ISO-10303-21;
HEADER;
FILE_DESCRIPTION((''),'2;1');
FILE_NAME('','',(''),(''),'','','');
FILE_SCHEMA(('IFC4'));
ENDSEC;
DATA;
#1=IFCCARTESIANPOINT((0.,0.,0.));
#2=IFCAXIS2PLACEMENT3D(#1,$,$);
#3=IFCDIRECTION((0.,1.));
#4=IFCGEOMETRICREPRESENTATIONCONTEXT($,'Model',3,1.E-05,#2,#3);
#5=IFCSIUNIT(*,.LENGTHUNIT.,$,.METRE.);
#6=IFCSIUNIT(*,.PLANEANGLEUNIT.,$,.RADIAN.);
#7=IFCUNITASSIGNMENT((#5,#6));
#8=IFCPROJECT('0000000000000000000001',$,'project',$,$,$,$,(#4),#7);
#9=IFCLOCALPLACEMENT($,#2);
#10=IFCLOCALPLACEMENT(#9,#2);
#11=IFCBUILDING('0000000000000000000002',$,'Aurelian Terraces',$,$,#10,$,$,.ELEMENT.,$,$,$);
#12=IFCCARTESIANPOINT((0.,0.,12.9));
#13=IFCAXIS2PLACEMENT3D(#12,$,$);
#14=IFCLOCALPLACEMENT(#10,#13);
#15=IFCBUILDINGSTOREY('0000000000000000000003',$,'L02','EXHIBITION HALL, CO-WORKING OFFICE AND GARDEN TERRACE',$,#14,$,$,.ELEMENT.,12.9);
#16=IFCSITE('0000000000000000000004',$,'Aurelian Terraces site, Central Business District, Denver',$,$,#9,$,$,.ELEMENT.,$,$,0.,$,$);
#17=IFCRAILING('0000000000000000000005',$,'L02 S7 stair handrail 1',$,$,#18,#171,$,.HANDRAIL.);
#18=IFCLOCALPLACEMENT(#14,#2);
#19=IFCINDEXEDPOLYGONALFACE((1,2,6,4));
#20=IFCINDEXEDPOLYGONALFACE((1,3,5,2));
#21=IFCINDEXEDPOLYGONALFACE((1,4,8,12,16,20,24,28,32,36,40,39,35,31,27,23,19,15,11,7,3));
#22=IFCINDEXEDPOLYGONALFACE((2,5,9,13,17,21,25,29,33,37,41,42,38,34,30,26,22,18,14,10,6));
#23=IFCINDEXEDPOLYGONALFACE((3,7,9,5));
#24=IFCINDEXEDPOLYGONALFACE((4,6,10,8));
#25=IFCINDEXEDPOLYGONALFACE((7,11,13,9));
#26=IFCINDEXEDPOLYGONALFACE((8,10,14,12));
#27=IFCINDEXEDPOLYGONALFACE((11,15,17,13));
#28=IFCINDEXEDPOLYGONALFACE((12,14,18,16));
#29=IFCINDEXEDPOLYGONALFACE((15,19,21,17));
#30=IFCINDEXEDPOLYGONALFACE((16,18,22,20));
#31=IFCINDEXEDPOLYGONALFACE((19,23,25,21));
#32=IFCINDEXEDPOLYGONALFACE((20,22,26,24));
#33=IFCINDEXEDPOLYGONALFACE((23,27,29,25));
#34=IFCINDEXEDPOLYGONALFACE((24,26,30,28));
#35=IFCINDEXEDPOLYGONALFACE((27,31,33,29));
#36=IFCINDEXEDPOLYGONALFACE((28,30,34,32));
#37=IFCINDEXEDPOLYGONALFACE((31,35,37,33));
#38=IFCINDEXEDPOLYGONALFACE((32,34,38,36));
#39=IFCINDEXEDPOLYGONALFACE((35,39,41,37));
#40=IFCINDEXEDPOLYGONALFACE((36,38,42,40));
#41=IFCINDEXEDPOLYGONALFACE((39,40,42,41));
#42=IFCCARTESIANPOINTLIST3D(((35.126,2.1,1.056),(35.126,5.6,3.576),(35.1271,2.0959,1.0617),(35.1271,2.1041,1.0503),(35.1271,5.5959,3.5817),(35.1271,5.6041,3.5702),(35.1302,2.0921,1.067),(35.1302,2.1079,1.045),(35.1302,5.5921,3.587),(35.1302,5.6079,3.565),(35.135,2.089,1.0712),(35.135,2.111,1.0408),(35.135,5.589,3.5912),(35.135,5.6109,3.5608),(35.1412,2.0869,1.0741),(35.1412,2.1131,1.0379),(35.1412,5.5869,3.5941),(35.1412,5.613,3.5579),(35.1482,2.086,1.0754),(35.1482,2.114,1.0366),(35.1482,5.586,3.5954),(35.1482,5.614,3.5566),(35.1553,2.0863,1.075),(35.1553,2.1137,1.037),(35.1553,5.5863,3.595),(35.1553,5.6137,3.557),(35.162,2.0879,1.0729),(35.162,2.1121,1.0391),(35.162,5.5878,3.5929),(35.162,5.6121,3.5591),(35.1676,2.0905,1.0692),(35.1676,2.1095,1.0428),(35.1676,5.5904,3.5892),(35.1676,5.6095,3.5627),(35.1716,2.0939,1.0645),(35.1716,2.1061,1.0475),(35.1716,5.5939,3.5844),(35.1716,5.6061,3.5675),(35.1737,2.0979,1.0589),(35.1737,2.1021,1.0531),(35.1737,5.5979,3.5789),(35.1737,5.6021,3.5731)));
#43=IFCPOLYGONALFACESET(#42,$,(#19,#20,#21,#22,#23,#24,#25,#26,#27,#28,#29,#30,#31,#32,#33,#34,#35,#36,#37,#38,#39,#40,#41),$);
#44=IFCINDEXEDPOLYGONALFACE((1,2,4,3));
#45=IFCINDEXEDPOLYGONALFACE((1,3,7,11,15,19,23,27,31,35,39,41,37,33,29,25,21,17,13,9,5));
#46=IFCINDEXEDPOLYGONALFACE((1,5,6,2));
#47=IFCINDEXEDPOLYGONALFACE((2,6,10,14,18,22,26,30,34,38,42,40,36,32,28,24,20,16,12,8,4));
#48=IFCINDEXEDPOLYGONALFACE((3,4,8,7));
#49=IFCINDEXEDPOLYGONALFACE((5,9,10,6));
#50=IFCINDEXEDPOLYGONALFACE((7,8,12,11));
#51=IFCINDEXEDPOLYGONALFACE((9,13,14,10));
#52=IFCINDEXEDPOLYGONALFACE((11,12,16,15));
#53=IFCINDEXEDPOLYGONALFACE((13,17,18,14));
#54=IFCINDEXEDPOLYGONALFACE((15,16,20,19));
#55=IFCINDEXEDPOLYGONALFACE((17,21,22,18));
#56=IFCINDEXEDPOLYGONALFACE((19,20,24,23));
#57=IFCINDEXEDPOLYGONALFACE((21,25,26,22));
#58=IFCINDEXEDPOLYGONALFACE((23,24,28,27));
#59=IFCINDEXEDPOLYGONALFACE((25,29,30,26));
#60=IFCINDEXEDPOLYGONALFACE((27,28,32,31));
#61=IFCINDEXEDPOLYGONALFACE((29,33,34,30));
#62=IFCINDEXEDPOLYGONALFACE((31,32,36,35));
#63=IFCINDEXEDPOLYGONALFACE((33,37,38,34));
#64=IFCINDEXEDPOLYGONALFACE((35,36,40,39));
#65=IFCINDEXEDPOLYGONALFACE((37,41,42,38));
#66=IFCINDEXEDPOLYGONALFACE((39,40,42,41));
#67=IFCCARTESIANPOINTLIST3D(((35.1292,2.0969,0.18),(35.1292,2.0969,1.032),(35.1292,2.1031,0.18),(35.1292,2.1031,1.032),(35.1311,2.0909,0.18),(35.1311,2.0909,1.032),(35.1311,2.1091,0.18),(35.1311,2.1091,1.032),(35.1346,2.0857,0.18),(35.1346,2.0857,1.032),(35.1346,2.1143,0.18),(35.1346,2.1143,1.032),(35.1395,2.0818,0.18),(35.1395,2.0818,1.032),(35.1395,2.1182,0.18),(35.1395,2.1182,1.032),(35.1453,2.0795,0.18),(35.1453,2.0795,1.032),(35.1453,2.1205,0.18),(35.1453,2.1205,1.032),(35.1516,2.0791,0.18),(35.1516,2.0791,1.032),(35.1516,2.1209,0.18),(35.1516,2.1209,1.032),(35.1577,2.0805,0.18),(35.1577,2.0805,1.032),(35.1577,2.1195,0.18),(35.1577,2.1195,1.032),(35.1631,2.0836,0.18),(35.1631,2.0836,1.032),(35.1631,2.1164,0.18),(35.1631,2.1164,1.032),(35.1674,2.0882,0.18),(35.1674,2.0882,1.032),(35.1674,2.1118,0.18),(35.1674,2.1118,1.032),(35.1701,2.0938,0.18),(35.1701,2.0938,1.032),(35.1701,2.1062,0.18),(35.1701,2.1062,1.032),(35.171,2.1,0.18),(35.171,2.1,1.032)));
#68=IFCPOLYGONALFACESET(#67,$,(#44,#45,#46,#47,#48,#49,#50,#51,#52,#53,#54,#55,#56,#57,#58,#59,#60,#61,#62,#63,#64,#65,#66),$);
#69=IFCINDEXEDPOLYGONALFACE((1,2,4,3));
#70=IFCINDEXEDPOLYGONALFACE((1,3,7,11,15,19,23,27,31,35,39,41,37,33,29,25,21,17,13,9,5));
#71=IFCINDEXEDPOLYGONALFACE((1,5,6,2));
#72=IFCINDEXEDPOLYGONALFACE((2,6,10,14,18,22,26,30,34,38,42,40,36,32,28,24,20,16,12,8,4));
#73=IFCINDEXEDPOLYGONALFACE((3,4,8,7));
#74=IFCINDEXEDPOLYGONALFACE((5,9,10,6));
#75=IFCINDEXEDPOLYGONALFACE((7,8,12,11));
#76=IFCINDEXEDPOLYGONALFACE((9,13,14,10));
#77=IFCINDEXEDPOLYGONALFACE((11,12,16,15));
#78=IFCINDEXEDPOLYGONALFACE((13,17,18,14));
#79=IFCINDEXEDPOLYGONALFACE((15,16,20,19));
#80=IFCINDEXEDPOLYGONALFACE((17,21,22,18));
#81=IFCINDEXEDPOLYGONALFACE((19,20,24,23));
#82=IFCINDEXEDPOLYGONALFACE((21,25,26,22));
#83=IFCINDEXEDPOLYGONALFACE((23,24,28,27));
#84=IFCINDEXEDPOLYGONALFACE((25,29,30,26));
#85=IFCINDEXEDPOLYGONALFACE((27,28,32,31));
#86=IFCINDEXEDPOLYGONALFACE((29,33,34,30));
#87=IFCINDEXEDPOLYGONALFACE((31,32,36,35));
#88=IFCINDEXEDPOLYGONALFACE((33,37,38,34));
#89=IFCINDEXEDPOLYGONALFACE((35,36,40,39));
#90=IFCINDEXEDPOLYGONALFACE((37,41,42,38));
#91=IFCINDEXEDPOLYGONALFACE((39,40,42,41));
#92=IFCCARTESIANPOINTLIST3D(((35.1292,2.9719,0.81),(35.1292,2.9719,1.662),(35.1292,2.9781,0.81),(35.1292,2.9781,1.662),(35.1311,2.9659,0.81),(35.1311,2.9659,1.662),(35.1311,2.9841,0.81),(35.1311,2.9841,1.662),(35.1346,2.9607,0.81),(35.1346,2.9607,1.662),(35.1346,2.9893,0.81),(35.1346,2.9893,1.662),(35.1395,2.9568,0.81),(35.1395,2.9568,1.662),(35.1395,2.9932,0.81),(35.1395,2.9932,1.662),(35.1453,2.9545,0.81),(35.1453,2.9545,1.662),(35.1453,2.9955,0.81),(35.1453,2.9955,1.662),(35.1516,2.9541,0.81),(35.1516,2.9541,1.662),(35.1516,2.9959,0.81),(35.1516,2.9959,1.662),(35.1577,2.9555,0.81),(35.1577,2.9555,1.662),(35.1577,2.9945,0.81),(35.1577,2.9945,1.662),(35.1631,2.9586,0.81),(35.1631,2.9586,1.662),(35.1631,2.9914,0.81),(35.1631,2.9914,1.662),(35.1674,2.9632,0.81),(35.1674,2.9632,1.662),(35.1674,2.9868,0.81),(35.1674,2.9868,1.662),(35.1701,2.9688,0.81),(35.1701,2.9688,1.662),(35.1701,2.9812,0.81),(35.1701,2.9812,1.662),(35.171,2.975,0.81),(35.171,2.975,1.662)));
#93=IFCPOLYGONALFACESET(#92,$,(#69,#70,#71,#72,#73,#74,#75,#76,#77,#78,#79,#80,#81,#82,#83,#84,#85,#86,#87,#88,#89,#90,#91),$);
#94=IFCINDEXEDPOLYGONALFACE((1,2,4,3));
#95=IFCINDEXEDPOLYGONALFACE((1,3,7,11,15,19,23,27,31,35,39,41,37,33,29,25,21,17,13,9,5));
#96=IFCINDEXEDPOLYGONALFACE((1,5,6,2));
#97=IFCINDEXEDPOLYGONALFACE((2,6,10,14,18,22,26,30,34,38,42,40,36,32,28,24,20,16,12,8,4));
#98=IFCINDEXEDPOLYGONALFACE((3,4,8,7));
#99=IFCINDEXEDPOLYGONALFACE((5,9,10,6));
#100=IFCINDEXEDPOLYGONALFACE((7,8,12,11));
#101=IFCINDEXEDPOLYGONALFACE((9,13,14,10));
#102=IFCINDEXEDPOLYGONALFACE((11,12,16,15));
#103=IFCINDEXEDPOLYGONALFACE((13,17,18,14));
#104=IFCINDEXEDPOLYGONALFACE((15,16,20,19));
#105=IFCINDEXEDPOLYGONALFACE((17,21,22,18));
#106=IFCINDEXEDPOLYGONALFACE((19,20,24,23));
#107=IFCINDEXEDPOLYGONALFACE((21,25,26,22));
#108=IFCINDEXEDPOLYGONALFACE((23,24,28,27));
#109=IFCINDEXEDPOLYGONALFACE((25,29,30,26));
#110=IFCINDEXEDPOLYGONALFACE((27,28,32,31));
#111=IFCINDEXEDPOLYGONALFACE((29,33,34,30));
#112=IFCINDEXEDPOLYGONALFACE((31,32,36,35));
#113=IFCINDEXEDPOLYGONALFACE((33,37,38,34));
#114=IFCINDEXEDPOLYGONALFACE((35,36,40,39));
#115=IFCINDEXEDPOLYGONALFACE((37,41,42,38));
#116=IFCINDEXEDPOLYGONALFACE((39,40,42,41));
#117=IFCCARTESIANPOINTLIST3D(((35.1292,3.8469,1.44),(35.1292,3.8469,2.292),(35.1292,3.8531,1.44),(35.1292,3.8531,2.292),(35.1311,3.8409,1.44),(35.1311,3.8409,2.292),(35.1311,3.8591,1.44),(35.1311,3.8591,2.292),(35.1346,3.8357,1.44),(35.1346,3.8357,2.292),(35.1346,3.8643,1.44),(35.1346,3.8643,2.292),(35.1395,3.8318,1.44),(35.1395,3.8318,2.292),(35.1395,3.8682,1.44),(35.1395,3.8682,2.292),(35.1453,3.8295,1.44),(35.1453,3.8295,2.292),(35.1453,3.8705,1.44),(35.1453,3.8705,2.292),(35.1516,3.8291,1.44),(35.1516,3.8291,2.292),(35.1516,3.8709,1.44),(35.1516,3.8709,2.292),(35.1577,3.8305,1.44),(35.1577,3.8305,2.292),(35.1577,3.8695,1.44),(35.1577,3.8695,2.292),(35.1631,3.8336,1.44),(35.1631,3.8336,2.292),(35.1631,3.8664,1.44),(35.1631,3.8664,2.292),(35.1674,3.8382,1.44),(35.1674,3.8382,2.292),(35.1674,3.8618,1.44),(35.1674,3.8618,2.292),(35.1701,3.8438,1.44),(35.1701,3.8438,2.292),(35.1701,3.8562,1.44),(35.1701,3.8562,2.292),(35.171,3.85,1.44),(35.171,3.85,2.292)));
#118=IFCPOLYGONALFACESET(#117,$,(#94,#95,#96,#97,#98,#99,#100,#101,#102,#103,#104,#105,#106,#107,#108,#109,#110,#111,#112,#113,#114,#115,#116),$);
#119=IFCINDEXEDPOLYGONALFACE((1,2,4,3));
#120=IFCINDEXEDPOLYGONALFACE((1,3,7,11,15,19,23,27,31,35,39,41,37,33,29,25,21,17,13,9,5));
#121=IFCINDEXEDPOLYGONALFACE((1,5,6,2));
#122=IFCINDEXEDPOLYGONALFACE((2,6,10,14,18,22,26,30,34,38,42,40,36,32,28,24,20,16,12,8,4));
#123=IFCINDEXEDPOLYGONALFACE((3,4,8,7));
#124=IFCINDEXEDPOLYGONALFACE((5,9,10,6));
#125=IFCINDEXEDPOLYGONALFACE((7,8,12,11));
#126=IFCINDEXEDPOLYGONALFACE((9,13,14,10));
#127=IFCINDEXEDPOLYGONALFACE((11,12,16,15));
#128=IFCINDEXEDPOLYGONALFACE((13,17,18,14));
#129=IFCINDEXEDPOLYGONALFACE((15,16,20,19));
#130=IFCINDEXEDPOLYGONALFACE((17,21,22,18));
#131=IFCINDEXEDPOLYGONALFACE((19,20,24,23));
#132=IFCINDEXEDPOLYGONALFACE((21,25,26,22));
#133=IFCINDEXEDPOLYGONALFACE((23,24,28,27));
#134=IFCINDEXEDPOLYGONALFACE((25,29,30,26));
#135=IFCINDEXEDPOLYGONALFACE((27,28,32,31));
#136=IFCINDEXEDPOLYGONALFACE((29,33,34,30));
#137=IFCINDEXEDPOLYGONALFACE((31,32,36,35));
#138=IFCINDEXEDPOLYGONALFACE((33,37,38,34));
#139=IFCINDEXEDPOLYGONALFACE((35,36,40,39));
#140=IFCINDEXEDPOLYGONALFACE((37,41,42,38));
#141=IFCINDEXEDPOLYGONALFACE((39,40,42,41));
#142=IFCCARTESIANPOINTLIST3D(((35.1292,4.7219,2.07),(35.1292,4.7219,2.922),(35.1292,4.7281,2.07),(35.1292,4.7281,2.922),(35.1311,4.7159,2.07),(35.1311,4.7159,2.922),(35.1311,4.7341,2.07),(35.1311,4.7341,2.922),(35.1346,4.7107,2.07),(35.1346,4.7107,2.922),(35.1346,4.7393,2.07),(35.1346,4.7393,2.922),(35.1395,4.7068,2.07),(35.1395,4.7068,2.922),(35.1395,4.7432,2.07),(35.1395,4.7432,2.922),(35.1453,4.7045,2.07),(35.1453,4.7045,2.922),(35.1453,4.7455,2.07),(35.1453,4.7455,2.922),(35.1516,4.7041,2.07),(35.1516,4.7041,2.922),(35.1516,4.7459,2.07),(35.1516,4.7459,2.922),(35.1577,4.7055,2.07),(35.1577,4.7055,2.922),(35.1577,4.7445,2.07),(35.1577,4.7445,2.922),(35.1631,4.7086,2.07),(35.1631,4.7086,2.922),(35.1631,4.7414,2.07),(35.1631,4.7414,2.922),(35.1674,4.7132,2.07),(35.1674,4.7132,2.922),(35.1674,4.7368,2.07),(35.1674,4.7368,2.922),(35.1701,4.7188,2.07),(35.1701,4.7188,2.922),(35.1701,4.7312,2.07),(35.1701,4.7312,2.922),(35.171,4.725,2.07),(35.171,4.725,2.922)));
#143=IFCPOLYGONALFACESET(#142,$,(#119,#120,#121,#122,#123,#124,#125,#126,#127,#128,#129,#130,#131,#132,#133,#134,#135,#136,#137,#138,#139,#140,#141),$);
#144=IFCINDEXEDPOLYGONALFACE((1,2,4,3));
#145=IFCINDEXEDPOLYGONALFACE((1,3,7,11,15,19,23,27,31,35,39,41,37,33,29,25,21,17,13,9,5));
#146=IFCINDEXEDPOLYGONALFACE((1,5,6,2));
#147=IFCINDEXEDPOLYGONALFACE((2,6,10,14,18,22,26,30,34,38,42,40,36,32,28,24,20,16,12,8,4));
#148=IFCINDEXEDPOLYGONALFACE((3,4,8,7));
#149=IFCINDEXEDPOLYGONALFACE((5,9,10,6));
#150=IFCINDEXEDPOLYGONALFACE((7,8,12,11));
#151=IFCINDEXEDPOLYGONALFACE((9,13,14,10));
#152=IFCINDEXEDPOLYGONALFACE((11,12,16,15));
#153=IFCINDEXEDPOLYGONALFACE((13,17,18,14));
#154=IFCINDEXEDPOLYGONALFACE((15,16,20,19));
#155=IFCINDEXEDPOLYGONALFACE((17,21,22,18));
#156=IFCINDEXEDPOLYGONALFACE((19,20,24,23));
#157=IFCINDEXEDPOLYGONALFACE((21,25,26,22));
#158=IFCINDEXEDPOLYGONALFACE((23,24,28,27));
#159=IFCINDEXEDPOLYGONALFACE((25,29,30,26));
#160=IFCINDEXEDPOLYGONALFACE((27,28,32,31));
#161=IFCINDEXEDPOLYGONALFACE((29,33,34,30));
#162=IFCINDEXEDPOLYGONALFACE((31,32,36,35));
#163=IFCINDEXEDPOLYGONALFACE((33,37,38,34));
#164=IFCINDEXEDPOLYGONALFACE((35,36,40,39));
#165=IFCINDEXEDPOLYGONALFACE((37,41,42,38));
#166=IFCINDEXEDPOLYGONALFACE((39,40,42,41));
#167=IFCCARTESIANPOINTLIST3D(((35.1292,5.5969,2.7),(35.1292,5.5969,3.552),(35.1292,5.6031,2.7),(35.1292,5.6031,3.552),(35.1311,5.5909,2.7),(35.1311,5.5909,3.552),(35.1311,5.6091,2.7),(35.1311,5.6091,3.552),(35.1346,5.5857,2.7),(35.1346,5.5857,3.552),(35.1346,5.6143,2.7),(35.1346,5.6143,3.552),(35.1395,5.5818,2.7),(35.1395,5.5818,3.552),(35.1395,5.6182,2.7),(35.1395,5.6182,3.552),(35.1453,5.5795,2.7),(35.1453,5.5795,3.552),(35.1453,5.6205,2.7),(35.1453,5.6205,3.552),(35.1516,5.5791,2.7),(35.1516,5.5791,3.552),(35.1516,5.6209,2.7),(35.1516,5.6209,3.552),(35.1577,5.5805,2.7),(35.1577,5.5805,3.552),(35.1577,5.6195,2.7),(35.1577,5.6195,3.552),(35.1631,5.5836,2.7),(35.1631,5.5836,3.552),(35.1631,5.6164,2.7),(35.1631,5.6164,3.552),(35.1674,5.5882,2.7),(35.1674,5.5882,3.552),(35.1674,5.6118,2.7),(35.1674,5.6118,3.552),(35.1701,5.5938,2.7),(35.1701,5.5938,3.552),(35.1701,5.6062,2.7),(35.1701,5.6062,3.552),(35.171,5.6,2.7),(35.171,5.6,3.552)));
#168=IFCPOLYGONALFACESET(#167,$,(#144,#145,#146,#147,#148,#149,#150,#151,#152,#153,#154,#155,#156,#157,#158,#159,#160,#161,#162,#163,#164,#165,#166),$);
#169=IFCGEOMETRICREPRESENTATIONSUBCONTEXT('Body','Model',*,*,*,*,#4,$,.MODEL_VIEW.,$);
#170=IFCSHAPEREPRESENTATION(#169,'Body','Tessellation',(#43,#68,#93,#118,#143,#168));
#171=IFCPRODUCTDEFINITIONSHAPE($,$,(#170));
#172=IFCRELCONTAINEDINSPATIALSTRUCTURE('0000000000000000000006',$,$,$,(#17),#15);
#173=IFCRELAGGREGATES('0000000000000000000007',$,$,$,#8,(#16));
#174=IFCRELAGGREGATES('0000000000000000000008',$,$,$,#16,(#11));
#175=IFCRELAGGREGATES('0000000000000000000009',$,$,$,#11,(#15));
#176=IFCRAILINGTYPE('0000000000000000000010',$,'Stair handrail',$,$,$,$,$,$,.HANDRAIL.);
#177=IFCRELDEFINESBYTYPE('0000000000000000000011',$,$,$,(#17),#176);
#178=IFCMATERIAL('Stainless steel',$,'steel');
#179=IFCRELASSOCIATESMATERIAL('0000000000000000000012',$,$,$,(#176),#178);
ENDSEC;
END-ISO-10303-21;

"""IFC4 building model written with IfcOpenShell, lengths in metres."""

from ifc_helpers import new_model, si_unit, direction, frame, origin, origin_2d, place, context, subcontext, project, spatial, circle, extrude, source, transform, mapped, material, type_object, element, save


model = new_model("IFC4")

# Units and contexts
model_context = context("Model", 3, precision=1e-05, world=origin(), true_north=direction((0.0, 1.0)))
body_context = subcontext(model_context, "Body", "Model", "MODEL_VIEW")
ifc_project = project(units=[si_unit("LENGTHUNIT", "METRE"), si_unit("PLANEANGLEUNIT", "RADIAN")], contexts=[model_context])

# Site, building, storey
site_placement = place(None, origin())
site = spatial("IfcSite", under=ifc_project, at=site_placement, Name="Aurelian Terraces site, Central Business District, Denver", CompositionType="ELEMENT", RefElevation=0.0)
building_placement = place(site_placement, origin())
building = spatial("IfcBuilding", under=site, at=building_placement, Name="Aurelian Terraces", CompositionType="ELEMENT")
storey_placement = place(building_placement, frame((0.0, 0.0, 12.9)))
storey = spatial("IfcBuildingStorey", under=building, at=storey_placement, Name="L02", Description="EXHIBITION HALL, CO-WORKING OFFICE AND GARDEN TERRACE", CompositionType="ELEMENT", Elevation=12.9)

# Railing
ifc_material_1 = material(Name="Stainless steel", Category="steel")
railing_type_1 = type_object("IfcRailingType", Name="Stair handrail", PredefinedType="HANDRAIL", material=ifc_material_1)
shared_shape_1 = source(origin(), body_context, "Body", "SweptSolid", [
    extrude(circle(Radius=0.024, at=origin_2d()), frame((0.0, 0.0, 0.876), z_axis=(0.0, 0.811534, 0.584305), x_axis=(-1.0, 0.0, 0.0)), (0.0, 0.0, 1.0), 4.3128),
    extrude(circle(Radius=0.021, at=origin_2d()), origin(), (0.0, 0.0, 1.0), 0.852),
    extrude(circle(Radius=0.021, at=origin_2d()), frame((0.0, 0.875, 0.63)), (0.0, 0.0, 1.0), 0.852),
    extrude(circle(Radius=0.021, at=origin_2d()), frame((0.0, 1.75, 1.26)), (0.0, 0.0, 1.0), 0.852),
    extrude(circle(Radius=0.021, at=origin_2d()), frame((0.0, 2.625, 1.89)), (0.0, 0.0, 1.0), 0.852),
    extrude(circle(Radius=0.021, at=origin_2d()), frame((0.0, 3.5, 2.52)), (0.0, 0.0, 1.0), 0.852),
])
railing_1_placement = place(storey_placement, frame((35.15, 2.1, 0.18)))
element("IfcRailing", 1, at=railing_1_placement, inside=storey, type_object=railing_type_1, Name="L02 S7 stair handrail 1", PredefinedType="HANDRAIL", context=body_context, shape_type="MappedRepresentation", body=[
    mapped(shared_shape_1, transform((0.0, 0.0, 0.0), scale=1.0)),
])

save(model, "model.ifc")
